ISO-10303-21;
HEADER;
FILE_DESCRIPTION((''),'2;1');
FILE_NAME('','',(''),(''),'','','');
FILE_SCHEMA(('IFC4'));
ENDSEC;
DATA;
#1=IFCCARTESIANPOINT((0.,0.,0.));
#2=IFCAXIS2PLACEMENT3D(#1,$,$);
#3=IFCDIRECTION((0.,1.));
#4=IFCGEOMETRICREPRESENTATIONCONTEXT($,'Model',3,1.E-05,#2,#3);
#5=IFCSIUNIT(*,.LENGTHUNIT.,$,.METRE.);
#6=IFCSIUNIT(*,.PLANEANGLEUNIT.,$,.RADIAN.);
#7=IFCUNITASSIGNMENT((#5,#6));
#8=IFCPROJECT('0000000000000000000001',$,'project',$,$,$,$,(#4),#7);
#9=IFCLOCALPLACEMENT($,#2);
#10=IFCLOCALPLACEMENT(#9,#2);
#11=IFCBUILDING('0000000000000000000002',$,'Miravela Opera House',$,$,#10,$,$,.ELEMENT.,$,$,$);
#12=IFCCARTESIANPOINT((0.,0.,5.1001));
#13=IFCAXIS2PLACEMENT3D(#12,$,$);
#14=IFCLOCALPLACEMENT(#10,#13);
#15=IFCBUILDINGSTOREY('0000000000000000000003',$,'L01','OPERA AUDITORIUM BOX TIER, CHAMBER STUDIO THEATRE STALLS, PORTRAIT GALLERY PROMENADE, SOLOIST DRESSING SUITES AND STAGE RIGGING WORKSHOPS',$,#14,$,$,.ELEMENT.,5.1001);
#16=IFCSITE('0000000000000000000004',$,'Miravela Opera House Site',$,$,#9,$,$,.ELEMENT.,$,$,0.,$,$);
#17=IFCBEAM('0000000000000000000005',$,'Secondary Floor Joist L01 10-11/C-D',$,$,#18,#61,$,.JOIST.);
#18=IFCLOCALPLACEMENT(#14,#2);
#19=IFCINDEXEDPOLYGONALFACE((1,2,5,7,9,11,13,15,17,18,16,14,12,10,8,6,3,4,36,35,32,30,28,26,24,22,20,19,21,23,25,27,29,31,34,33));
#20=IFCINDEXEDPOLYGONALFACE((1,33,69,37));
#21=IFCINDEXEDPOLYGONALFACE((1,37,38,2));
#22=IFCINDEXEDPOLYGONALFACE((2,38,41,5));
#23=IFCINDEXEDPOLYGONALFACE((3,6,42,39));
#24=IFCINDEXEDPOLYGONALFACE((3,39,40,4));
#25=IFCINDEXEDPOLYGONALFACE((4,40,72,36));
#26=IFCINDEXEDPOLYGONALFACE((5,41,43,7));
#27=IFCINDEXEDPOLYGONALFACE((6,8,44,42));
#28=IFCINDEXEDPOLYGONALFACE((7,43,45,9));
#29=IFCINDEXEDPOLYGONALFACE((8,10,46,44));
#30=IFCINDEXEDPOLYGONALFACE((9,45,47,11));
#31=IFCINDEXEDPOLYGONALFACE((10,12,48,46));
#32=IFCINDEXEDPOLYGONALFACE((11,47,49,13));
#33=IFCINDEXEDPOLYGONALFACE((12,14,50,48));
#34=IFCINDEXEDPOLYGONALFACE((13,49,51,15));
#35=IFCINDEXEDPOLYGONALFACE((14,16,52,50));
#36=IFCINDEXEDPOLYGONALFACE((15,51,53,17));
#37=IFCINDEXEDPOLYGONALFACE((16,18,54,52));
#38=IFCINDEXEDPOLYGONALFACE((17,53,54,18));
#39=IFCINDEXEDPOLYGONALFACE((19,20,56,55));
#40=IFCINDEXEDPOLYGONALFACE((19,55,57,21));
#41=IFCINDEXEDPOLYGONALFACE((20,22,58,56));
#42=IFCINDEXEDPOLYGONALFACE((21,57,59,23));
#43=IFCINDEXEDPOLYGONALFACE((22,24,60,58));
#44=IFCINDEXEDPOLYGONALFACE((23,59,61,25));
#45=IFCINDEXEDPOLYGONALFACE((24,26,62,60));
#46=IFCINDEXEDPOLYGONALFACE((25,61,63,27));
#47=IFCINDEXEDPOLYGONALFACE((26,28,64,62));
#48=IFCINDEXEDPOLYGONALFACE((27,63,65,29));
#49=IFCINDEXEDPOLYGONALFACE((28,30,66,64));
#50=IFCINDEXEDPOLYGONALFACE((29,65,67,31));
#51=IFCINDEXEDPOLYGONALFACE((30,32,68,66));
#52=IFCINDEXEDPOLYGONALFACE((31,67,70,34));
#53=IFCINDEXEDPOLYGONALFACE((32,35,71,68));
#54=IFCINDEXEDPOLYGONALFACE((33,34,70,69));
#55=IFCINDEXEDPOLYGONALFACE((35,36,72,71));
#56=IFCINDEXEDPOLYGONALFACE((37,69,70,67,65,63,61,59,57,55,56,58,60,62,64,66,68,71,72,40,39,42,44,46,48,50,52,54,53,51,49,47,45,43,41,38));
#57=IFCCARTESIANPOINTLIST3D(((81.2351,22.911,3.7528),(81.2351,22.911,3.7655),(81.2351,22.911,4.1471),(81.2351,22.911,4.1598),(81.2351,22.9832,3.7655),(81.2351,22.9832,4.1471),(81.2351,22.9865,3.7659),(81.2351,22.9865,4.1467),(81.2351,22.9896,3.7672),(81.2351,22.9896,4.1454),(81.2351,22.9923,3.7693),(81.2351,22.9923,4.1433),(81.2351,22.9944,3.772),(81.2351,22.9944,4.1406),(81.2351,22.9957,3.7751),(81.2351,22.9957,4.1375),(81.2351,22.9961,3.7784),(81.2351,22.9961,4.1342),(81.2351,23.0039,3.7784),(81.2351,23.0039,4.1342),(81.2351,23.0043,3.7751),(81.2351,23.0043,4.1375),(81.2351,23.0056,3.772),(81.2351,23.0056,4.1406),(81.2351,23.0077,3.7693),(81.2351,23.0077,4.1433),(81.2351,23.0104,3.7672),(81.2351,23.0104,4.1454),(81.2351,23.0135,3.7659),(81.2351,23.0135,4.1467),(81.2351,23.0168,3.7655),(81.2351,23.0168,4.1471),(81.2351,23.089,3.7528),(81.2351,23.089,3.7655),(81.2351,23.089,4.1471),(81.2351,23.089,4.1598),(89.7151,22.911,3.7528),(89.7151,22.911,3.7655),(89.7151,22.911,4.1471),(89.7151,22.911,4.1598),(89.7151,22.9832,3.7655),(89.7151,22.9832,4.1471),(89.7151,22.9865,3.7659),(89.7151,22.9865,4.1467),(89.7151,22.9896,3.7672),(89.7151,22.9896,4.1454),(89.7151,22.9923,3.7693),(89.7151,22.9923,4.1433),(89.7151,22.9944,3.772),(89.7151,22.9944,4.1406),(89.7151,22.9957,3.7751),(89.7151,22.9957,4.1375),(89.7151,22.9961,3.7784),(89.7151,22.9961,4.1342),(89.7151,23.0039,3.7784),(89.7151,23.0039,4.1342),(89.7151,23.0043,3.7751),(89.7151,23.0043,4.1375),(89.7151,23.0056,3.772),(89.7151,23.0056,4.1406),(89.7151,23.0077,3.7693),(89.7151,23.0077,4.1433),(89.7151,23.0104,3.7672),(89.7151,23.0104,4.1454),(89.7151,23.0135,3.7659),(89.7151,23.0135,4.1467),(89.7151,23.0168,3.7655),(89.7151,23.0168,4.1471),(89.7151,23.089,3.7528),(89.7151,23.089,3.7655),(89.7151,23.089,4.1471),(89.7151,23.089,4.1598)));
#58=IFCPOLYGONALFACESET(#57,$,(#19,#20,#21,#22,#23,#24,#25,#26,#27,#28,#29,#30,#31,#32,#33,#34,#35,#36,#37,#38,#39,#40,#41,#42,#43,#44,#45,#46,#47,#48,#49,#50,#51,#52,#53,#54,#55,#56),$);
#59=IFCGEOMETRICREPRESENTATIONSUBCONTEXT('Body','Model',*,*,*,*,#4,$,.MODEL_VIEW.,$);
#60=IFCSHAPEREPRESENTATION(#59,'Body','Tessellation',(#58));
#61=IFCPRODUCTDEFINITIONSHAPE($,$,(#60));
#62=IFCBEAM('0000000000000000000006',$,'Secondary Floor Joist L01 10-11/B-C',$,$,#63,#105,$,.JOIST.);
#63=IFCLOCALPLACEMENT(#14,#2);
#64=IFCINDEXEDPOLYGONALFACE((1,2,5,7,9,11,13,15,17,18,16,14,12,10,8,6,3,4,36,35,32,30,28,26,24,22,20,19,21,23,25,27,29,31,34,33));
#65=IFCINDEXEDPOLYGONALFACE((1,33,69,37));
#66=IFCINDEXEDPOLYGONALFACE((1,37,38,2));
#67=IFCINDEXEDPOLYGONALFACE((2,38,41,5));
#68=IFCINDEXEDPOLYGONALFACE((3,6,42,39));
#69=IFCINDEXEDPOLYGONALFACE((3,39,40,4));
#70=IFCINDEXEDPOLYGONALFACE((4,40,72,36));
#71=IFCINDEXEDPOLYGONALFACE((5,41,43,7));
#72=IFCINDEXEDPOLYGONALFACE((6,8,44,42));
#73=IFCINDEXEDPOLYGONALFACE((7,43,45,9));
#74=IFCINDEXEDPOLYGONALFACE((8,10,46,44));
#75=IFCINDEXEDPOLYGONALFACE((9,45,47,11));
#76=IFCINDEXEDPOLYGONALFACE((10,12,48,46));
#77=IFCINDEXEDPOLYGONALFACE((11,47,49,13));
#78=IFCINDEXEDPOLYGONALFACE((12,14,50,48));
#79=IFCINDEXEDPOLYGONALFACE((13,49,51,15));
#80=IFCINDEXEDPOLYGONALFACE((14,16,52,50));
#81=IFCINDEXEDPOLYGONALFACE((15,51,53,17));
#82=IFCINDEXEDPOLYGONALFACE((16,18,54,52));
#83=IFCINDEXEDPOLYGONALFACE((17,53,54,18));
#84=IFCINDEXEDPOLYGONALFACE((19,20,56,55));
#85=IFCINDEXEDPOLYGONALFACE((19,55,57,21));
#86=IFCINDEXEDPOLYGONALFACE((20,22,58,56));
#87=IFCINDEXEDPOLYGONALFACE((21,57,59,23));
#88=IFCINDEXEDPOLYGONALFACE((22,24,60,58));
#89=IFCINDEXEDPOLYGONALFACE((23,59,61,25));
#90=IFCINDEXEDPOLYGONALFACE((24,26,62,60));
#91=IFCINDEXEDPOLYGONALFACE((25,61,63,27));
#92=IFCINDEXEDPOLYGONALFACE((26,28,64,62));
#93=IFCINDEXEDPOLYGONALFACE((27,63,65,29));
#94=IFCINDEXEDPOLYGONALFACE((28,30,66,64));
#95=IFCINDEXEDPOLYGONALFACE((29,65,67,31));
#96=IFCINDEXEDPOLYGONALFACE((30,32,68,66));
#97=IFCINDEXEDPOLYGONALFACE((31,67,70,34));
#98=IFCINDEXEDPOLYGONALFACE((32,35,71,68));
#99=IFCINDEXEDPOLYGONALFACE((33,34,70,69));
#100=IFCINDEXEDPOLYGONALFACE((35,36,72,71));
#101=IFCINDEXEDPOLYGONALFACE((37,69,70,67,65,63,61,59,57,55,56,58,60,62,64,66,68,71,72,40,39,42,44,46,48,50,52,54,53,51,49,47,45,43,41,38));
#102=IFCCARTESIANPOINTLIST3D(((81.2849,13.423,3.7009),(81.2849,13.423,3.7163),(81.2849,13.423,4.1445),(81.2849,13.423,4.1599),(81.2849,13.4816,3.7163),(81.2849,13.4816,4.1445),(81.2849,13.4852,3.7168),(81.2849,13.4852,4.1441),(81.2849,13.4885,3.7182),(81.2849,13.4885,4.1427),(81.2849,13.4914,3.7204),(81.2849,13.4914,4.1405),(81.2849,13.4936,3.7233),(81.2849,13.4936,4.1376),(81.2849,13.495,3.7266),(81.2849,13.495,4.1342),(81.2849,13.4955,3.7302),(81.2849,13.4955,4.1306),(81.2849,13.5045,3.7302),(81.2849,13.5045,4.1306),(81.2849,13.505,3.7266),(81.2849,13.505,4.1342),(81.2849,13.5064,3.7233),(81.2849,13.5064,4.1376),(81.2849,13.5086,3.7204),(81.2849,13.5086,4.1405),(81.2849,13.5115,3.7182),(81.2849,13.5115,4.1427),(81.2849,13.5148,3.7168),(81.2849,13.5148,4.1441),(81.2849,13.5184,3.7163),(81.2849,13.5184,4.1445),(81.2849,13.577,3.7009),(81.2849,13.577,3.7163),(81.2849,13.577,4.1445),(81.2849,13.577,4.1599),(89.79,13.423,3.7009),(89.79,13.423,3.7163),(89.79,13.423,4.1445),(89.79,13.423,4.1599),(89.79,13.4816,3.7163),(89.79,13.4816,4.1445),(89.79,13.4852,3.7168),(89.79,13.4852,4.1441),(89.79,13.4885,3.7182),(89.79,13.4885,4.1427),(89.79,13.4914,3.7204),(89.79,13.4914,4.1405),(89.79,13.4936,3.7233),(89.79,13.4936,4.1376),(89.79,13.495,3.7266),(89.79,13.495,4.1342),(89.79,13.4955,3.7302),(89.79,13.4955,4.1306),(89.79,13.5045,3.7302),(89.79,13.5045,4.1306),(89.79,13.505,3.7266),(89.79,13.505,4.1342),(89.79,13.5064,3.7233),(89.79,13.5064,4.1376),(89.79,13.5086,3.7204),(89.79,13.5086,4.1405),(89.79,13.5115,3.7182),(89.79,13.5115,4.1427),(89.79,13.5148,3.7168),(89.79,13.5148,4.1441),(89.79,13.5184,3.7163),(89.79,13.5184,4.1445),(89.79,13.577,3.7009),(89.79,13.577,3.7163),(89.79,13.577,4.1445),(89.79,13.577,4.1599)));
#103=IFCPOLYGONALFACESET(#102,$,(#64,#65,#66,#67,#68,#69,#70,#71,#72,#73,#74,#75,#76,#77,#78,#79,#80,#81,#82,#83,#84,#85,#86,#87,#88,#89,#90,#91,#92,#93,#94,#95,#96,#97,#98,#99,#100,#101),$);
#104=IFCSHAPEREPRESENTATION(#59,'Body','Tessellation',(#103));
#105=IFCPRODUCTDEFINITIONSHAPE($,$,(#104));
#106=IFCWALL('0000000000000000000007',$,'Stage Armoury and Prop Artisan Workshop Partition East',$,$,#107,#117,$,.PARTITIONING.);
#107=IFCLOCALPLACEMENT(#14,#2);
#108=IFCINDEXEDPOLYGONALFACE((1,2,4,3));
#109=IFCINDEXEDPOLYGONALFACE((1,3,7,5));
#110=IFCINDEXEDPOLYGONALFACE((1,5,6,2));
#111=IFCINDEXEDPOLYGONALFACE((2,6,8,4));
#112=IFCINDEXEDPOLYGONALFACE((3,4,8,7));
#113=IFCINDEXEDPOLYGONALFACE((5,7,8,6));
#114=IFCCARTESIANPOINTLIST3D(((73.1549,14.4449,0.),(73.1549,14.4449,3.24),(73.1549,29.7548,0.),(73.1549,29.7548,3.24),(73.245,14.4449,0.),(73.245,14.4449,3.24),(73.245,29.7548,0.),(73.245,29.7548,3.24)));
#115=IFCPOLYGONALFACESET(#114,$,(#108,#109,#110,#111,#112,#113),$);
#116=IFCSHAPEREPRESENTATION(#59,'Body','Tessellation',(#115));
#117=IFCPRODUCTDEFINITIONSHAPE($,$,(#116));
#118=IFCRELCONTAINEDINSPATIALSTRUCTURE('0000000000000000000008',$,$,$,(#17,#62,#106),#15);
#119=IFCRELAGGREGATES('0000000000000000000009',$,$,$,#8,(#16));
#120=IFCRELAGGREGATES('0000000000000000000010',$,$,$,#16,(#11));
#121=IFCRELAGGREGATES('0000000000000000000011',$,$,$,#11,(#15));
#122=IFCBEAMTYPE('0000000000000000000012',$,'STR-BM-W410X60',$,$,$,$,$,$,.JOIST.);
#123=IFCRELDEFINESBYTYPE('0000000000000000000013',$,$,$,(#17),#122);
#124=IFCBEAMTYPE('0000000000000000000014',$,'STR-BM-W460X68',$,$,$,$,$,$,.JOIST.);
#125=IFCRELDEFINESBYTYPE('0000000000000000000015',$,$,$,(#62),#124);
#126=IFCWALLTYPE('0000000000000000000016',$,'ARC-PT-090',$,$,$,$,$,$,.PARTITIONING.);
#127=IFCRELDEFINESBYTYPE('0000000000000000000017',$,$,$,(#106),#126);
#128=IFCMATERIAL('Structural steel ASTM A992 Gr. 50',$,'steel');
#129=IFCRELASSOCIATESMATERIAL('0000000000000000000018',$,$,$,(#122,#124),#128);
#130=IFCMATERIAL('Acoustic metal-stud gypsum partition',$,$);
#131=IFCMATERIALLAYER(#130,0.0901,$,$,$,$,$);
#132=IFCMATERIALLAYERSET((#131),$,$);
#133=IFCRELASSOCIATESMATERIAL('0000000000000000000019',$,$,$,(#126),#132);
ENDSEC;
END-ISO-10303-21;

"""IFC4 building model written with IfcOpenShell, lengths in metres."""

from ifc_helpers import new_model, si_unit, direction, frame, frame_2d, origin, origin_2d, place, context, subcontext, project, spatial, rectangle, i_section, extrude, material, layer, layer_set, material_profile, profile_set, type_object, element, save


model = new_model("IFC4")

# Units and contexts
model_context = context("Model", 3, precision=1e-05, world=origin(), true_north=direction((0.0, 1.0)))
body_context = subcontext(model_context, "Body", "Model", "MODEL_VIEW")
ifc_project = project(units=[si_unit("LENGTHUNIT", "METRE"), si_unit("PLANEANGLEUNIT", "RADIAN")], contexts=[model_context])

# Site, building, storey
site_placement = place(None, origin())
site = spatial("IfcSite", under=ifc_project, at=site_placement, Name="Miravela Opera House Site", CompositionType="ELEMENT", RefElevation=0.0)
building_placement = place(site_placement, origin())
building = spatial("IfcBuilding", under=site, at=building_placement, Name="Miravela Opera House", CompositionType="ELEMENT")
storey_placement = place(building_placement, frame((0.0, 0.0, 5.1001)))
storey = spatial("IfcBuildingStorey", under=building, at=storey_placement, Name="L01", Description="OPERA AUDITORIUM BOX TIER, CHAMBER STUDIO THEATRE STALLS, PORTRAIT GALLERY PROMENADE, SOLOIST DRESSING SUITES AND STAGE RIGGING WORKSHOPS", CompositionType="ELEMENT", Elevation=5.1001)

# Beams
ifc_material_1 = material(Name="Structural steel ASTM A992 Gr. 50", Category="steel")
ifc_material_profile_1 = material_profile(ifc_material_1, i_section(OverallWidth=0.178, OverallDepth=0.407, WebThickness=0.0078, FlangeThickness=0.0127, FilletRadius=0.0129, at=origin_2d()), Name="W410X60")
ifc_profile_set_1 = profile_set([ifc_material_profile_1])
beam_type_1 = type_object("IfcBeamType", Name="STR-BM-W410X60", PredefinedType="JOIST", material=ifc_profile_set_1)
beam_1_placement = place(storey_placement, frame((81.2351, 23.0, 3.9563), z_axis=(1.0, 0.0, 0.0), x_axis=(0.0, 1.0, 0.0)))
element("IfcBeam", 1, at=beam_1_placement, inside=storey, type_object=beam_type_1, Name="Secondary Floor Joist L01 10-11/C-D", PredefinedType="JOIST", context=body_context, shape_type="SweptSolid", body=[
    extrude(i_section(OverallWidth=0.178, OverallDepth=0.407, WebThickness=0.0078, FlangeThickness=0.0127, FilletRadius=0.0129, at=origin_2d()), origin(), (0.0, 0.0, 1.0), 8.48),
])
ifc_material_profile_2 = material_profile(ifc_material_1, i_section(OverallWidth=0.1541, OverallDepth=0.459, WebThickness=0.009, FlangeThickness=0.0154, FilletRadius=0.0139, at=origin_2d()), Name="W460X68")
ifc_profile_set_2 = profile_set([ifc_material_profile_2])
beam_type_2 = type_object("IfcBeamType", Name="STR-BM-W460X68", PredefinedType="JOIST", material=ifc_profile_set_2)
beam_2_placement = place(storey_placement, frame((81.2849, 13.5, 3.9304), z_axis=(1.0, 0.0, 0.0), x_axis=(0.0, 1.0, 0.0)))
element("IfcBeam", 2, at=beam_2_placement, inside=storey, type_object=beam_type_2, Name="Secondary Floor Joist L01 10-11/B-C", PredefinedType="JOIST", context=body_context, shape_type="SweptSolid", body=[
    extrude(i_section(OverallWidth=0.1541, OverallDepth=0.459, WebThickness=0.009, FlangeThickness=0.0154, FilletRadius=0.0139, at=origin_2d()), origin(), (0.0, 0.0, 1.0), 8.5051),
])

# Wall
ifc_material_2 = material(Name="Acoustic metal-stud gypsum partition")
ifc_layer = layer(ifc_material_2, 0.0901)
ifc_layer_set = layer_set([ifc_layer])
wall_type = type_object("IfcWallType", Name="ARC-PT-090", PredefinedType="PARTITIONING", material=ifc_layer_set)
wall_placement = place(storey_placement, frame((73.2, 14.4451, 0.0), z_axis=(0.0, 0.0, 1.0), x_axis=(0.0, 1.0, 0.0)))
element("IfcWall", 3, at=wall_placement, inside=storey, type_object=wall_type, Name="Stage Armoury and Prop Artisan Workshop Partition East", PredefinedType="PARTITIONING", context=body_context, shape_type="SweptSolid", body=[
    extrude(rectangle(XDim=15.3098, YDim=0.0901, at=frame_2d((7.6548, 0.0))), origin(), (0.0, 0.0, 1.0), 3.24),
])

save(model, "model.ifc")
